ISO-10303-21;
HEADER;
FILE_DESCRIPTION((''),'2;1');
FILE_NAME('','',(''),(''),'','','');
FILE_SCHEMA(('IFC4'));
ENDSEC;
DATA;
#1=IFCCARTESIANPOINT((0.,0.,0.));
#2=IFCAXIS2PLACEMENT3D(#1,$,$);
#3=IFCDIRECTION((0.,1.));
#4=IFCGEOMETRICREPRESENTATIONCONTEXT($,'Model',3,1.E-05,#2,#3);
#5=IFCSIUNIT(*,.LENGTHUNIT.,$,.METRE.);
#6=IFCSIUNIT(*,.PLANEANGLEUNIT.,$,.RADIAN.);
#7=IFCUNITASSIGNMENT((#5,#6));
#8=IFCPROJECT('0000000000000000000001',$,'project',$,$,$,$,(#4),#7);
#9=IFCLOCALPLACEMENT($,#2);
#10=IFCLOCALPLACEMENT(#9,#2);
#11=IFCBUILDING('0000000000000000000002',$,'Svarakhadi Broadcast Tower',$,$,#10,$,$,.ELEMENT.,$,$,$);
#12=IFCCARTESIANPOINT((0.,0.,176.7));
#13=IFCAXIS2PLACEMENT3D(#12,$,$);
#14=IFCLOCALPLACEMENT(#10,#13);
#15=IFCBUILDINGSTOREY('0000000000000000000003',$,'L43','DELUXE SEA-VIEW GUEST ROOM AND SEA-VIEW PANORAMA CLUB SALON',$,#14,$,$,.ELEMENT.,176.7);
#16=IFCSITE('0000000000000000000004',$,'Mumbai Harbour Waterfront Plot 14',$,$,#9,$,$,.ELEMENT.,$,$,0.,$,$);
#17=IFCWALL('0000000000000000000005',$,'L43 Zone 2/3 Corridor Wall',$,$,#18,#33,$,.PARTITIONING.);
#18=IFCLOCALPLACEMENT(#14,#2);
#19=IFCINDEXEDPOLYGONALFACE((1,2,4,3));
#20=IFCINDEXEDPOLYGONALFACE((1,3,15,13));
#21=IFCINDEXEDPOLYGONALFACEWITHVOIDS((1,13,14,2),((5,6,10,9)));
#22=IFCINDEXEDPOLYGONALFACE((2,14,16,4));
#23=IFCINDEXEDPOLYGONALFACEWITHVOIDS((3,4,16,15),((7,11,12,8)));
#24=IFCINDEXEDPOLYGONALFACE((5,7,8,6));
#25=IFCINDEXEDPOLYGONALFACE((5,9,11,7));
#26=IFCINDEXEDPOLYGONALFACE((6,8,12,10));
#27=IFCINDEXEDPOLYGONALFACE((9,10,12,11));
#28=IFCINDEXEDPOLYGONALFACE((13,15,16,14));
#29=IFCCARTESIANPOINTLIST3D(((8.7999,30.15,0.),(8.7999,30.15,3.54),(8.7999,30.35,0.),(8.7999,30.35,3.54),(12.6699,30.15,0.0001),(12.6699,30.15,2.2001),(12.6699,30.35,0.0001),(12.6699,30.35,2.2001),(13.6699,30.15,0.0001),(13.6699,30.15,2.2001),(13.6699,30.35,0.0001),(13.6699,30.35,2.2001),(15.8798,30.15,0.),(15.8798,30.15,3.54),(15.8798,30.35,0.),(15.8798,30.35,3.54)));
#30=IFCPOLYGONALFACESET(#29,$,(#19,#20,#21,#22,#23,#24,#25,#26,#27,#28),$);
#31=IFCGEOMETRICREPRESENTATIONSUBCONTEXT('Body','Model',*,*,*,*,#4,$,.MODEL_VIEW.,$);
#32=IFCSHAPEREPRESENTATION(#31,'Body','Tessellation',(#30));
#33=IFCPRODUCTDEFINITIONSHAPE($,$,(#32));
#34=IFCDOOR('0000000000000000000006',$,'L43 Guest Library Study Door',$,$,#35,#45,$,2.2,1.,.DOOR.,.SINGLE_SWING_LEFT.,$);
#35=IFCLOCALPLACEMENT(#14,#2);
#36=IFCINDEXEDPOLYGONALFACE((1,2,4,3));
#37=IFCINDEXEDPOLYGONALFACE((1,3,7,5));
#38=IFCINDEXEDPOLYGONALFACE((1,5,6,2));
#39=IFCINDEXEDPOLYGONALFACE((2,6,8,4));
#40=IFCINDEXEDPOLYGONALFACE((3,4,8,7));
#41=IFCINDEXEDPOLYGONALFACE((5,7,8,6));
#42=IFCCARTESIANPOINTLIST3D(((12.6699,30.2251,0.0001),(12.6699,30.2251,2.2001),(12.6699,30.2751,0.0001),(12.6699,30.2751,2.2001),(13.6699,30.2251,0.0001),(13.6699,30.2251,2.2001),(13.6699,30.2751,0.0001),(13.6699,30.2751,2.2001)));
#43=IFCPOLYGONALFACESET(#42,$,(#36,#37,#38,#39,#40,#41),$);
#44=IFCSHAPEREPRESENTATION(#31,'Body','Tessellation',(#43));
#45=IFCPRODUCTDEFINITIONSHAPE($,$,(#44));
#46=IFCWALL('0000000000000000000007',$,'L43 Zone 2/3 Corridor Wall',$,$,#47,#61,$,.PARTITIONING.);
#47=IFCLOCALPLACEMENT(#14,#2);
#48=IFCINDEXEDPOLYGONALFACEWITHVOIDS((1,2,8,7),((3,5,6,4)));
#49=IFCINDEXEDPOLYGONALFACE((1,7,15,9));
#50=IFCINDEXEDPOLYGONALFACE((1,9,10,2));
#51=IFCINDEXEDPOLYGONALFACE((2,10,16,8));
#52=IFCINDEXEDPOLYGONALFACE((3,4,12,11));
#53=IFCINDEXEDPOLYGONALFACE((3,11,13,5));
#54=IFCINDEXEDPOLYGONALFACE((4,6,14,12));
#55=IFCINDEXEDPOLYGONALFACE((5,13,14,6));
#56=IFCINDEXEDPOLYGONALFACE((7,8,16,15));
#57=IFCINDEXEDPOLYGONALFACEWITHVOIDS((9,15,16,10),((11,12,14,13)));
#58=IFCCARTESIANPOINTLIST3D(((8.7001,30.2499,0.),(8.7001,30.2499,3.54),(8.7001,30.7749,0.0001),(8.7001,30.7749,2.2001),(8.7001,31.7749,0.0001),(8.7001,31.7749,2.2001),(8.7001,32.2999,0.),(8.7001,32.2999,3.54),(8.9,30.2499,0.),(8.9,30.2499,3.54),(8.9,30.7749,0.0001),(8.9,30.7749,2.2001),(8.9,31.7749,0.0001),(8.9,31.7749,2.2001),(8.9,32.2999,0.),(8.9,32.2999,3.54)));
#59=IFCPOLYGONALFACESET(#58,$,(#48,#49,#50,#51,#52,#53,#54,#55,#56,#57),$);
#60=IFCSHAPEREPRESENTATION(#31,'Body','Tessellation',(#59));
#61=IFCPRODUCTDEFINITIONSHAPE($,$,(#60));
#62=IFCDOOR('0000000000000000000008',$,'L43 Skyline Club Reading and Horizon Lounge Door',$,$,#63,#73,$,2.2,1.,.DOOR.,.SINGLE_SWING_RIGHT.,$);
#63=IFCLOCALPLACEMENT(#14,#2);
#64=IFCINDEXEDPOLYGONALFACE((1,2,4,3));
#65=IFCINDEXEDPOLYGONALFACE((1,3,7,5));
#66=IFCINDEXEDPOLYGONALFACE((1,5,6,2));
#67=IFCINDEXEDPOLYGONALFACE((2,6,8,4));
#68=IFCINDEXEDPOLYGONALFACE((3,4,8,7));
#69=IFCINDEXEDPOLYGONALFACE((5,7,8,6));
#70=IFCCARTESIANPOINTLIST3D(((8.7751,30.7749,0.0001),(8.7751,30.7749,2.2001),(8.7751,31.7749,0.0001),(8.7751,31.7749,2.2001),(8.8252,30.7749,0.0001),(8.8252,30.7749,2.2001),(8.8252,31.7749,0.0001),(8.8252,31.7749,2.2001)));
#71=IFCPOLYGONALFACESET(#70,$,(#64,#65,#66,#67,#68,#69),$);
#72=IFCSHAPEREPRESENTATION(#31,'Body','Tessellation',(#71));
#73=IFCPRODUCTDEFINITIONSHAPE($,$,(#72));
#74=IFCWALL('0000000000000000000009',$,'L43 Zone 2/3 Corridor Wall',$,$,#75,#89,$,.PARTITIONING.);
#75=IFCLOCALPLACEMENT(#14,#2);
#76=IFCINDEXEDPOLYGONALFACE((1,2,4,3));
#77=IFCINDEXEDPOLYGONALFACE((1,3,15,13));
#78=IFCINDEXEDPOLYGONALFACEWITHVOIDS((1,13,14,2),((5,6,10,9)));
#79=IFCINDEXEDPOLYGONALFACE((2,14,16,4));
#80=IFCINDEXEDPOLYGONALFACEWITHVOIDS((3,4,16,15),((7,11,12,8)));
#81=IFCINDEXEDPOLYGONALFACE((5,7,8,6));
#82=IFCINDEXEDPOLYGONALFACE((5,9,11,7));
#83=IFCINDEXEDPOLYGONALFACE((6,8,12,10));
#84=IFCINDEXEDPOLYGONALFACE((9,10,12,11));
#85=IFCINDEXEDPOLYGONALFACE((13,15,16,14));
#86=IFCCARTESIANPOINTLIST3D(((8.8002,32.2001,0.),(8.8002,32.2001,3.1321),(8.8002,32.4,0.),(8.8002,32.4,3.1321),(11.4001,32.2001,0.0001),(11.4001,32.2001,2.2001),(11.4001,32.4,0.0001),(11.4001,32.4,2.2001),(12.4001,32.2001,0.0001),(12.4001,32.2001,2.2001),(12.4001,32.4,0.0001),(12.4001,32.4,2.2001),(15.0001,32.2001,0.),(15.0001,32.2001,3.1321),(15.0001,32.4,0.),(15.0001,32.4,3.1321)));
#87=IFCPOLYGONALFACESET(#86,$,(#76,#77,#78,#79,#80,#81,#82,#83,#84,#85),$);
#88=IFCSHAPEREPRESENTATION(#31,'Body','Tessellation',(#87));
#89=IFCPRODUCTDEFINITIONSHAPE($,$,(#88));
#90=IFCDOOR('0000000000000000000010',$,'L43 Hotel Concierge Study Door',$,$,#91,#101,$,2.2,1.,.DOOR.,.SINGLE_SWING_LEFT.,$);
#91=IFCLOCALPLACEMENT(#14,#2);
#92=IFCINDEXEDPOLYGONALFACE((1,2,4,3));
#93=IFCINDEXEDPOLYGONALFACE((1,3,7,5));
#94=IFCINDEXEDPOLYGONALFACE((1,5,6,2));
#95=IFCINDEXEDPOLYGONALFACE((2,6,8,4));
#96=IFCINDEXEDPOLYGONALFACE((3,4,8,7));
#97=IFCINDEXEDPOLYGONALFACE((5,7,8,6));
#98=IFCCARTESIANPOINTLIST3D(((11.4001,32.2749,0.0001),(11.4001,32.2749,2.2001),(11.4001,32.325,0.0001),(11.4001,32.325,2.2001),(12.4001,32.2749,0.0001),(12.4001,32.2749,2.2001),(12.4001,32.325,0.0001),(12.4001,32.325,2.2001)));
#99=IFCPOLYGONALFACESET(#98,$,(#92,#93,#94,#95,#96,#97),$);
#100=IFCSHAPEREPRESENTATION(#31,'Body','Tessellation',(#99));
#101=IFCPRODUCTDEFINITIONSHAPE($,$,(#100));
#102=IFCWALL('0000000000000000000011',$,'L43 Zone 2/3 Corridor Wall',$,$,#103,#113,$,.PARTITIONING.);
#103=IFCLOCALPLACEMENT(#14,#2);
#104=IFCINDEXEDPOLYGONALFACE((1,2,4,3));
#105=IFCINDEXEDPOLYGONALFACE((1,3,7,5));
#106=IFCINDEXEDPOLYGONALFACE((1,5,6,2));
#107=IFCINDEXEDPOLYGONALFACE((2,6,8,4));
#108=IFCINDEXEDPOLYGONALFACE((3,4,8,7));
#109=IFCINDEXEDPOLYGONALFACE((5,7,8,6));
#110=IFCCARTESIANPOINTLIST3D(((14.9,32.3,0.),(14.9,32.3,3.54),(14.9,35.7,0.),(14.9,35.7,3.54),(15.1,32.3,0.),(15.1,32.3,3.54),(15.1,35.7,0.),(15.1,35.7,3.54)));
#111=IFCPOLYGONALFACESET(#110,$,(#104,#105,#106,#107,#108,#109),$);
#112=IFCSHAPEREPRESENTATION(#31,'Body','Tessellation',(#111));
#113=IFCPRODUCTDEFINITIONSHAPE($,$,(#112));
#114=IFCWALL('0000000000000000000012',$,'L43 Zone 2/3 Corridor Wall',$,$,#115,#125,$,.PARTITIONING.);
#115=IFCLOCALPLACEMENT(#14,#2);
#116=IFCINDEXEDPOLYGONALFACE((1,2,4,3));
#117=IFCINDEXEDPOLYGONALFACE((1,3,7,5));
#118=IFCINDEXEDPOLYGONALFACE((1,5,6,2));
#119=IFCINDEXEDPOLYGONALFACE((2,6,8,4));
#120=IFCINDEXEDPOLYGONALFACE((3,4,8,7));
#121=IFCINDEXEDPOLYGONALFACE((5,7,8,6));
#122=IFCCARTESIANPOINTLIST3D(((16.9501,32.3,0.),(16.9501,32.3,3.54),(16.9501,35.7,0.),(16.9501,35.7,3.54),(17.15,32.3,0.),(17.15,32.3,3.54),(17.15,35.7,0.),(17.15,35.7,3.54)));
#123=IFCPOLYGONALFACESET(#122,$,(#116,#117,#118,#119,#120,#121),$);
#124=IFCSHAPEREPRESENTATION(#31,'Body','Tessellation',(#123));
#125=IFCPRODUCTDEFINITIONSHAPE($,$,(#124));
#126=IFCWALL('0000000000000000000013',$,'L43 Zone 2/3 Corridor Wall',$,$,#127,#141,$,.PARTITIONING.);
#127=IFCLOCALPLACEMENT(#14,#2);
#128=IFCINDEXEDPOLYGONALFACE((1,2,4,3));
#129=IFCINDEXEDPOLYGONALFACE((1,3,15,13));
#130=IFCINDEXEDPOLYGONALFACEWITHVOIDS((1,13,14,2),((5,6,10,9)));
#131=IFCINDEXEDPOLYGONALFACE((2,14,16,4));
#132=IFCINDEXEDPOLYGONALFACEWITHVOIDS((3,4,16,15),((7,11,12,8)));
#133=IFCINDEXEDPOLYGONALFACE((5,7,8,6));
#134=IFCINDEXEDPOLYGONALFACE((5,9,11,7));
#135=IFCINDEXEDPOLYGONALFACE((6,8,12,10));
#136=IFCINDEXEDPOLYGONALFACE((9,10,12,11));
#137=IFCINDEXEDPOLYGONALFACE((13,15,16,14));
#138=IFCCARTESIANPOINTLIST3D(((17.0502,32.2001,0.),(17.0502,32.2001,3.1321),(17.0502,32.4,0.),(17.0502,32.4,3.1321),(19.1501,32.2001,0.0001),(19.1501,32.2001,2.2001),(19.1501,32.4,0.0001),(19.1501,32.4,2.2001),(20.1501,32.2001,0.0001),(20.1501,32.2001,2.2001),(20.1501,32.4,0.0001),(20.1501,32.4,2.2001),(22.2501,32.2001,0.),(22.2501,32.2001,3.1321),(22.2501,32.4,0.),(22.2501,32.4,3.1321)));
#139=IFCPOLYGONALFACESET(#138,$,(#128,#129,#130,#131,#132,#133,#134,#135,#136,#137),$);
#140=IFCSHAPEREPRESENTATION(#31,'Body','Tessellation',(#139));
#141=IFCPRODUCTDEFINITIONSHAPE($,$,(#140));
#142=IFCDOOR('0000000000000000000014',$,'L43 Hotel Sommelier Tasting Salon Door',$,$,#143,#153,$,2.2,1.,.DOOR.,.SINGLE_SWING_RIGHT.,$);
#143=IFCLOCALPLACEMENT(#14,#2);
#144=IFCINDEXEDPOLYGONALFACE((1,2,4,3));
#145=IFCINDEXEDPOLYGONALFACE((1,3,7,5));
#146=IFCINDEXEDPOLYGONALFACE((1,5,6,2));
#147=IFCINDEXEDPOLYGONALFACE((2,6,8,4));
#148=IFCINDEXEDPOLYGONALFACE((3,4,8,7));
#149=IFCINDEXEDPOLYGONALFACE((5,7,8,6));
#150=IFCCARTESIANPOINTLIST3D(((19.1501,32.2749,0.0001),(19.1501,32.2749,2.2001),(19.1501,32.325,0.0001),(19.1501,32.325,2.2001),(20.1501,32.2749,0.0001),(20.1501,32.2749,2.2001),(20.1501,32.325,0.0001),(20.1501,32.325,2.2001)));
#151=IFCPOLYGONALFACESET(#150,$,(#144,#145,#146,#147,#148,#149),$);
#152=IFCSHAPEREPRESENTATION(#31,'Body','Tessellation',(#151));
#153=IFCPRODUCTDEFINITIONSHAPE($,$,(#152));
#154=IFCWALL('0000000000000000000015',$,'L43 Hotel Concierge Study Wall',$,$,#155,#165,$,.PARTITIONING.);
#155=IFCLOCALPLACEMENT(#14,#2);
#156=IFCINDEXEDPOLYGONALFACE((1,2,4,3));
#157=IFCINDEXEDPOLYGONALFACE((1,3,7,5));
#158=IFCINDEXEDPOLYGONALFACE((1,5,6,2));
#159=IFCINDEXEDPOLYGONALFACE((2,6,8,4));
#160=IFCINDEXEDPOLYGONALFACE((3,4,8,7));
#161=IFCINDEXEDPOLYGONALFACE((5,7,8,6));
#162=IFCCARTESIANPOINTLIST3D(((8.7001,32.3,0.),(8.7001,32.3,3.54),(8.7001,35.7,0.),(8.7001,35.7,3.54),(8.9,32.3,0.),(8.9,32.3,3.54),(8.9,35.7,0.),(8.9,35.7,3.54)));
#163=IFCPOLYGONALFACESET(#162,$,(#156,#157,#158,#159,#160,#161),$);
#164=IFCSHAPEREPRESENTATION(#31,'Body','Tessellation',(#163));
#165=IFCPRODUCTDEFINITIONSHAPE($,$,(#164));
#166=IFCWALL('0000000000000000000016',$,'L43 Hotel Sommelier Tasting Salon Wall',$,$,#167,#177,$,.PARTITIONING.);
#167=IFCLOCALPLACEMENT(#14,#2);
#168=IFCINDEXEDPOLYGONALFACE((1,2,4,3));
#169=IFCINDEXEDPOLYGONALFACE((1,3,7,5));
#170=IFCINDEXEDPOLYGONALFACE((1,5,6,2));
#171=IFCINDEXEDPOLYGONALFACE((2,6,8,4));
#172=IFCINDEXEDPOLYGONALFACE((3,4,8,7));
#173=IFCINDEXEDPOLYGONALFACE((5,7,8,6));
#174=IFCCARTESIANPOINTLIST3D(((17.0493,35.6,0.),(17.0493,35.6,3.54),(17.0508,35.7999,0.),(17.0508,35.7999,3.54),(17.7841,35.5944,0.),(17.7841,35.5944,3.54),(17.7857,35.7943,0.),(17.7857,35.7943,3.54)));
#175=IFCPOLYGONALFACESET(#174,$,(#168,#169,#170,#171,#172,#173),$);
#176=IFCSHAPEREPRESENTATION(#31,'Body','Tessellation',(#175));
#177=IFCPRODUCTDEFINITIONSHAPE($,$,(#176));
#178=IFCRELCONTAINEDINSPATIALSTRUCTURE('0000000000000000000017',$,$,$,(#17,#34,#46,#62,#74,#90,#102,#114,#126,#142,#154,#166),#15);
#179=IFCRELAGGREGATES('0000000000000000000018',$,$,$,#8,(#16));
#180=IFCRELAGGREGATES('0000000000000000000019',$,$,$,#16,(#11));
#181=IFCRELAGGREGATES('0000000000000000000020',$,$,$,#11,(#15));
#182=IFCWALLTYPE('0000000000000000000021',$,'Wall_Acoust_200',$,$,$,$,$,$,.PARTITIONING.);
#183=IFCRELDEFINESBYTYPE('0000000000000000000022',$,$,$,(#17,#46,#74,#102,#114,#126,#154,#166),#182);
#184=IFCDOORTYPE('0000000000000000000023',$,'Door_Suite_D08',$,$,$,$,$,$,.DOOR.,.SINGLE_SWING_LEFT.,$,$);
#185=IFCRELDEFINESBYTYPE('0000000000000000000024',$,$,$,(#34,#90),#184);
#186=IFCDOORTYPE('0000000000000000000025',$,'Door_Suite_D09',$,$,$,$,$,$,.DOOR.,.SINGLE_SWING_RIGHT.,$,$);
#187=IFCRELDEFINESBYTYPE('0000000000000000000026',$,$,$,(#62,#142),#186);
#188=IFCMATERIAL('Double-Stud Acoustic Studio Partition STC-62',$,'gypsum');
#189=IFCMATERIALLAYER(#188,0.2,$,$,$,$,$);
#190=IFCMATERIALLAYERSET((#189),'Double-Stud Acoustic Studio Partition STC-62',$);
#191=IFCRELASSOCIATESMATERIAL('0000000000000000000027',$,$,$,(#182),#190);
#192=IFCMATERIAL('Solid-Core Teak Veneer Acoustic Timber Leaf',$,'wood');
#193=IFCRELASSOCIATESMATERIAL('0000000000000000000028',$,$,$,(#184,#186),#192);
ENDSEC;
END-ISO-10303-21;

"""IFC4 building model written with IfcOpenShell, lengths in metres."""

from ifc_helpers import new_model, si_unit, direction, frame, frame_2d, origin, place, context, subcontext, project, spatial, rectangle, extrude, material, layer, layer_set, type_object, element, fill, save


model = new_model("IFC4")

# Units and contexts
model_context = context("Model", 3, precision=1e-05, world=origin(), true_north=direction((0.0, 1.0)))
body_context = subcontext(model_context, "Body", "Model", "MODEL_VIEW")
ifc_project = project(units=[si_unit("LENGTHUNIT", "METRE"), si_unit("PLANEANGLEUNIT", "RADIAN")], contexts=[model_context])

# Site, building, storey
site_placement = place(None, origin())
site = spatial("IfcSite", under=ifc_project, at=site_placement, Name="Mumbai Harbour Waterfront Plot 14", CompositionType="ELEMENT", RefElevation=0.0)
building_placement = place(site_placement, origin())
building = spatial("IfcBuilding", under=site, at=building_placement, Name="Svarakhadi Broadcast Tower", CompositionType="ELEMENT")
storey_placement = place(building_placement, frame((0.0, 0.0, 176.7)))
storey = spatial("IfcBuildingStorey", under=building, at=storey_placement, Name="L43", Description="DELUXE SEA-VIEW GUEST ROOM AND SEA-VIEW PANORAMA CLUB SALON", CompositionType="ELEMENT", Elevation=176.7)

# Shared definitions
ifc_material_1 = material(Name="Double-Stud Acoustic Studio Partition STC-62", Category="gypsum")
ifc_layer_1 = layer(ifc_material_1, 0.2)
ifc_layer_set_1 = layer_set([ifc_layer_1], Name="Double-Stud Acoustic Studio Partition STC-62")
wall_type_1 = type_object("IfcWallType", Name="Wall_Acoust_200", PredefinedType="PARTITIONING", material=ifc_layer_set_1)

# Walls, openings, doors
wall_1_placement = place(storey_placement, frame((15.8799, 30.25, 0.0), z_axis=(0.0, 0.0, 1.0), x_axis=(-1.0, 0.0, 0.0)))
wall_1 = element("IfcWall", 1, at=wall_1_placement, inside=storey, type_object=wall_type_1, Name="L43 Zone 2/3 Corridor Wall", PredefinedType="PARTITIONING", context=body_context, shape_type="SweptSolid", body=[
    extrude(rectangle(XDim=7.0798, YDim=0.2, at=frame_2d((3.54, 0.0))), origin(), (0.0, 0.0, 1.0), 3.54),
])
opening_1_placement = place(wall_1_placement, frame((2.21, 0.0, 0.0)))
opening_1 = element("IfcOpeningElement", 2, at=opening_1_placement, cuts=wall_1, PredefinedType="OPENING", context=body_context, shape_type="SweptSolid", body=[
    extrude(rectangle(XDim=1.0, YDim=2.2, at=frame_2d((0.5, 1.1001))), frame((0.0, 0.1099, 0.0), z_axis=(0.0, -1.0, 0.0), x_axis=(1.0, 0.0, 0.0)), (0.0, 0.0, 1.0), 0.22),
])
ifc_material_2 = material(Name="Solid-Core Teak Veneer Acoustic Timber Leaf", Category="wood")
door_type_1 = type_object("IfcDoorType", Name="Door_Suite_D08", OperationType="SINGLE_SWING_LEFT", PredefinedType="DOOR", material=ifc_material_2)
door_1_placement = place(opening_1_placement, origin())
door_1 = element("IfcDoor", 3, at=door_1_placement, inside=storey, type_object=door_type_1, Name="L43 Guest Library Study Door", OperationType="SINGLE_SWING_LEFT", OverallHeight=2.2, OverallWidth=1.0, PredefinedType="DOOR", context=body_context, shape_type="SweptSolid", body=[
    extrude(rectangle(XDim=1.0, YDim=2.2, at=frame_2d((0.5, 1.1001))), frame((0.0, 0.0249, 0.0), z_axis=(0.0, -1.0, 0.0), x_axis=(1.0, 0.0, 0.0)), (0.0, 0.0, 1.0), 0.05),
])
fill(opening_1, door_1)
wall_2_placement = place(storey_placement, frame((8.8, 30.25, 0.0), z_axis=(0.0, 0.0, 1.0), x_axis=(0.0, 1.0, 0.0)))
wall_2 = element("IfcWall", 4, at=wall_2_placement, inside=storey, type_object=wall_type_1, Name="L43 Zone 2/3 Corridor Wall", PredefinedType="PARTITIONING", context=body_context, shape_type="SweptSolid", body=[
    extrude(rectangle(XDim=2.05, YDim=0.2, at=frame_2d((1.0249, 0.0))), origin(), (0.0, 0.0, 1.0), 3.54),
])
opening_2_placement = place(wall_2_placement, frame((0.5249, 0.0, 0.0)))
opening_2 = element("IfcOpeningElement", 5, at=opening_2_placement, cuts=wall_2, PredefinedType="OPENING", context=body_context, shape_type="SweptSolid", body=[
    extrude(rectangle(XDim=1.0, YDim=2.2, at=frame_2d((0.5, 1.1001))), frame((0.0, 0.1099, 0.0), z_axis=(0.0, -1.0, 0.0), x_axis=(1.0, 0.0, 0.0)), (0.0, 0.0, 1.0), 0.22),
])
door_type_2 = type_object("IfcDoorType", Name="Door_Suite_D09", OperationType="SINGLE_SWING_RIGHT", PredefinedType="DOOR", material=ifc_material_2)
door_2_placement = place(opening_2_placement, origin())
door_2 = element("IfcDoor", 6, at=door_2_placement, inside=storey, type_object=door_type_2, Name="L43 Skyline Club Reading and Horizon Lounge Door", OperationType="SINGLE_SWING_RIGHT", OverallHeight=2.2, OverallWidth=1.0, PredefinedType="DOOR", context=body_context, shape_type="SweptSolid", body=[
    extrude(rectangle(XDim=1.0, YDim=2.2, at=frame_2d((0.5, 1.1001))), frame((0.0, 0.0249, 0.0), z_axis=(0.0, -1.0, 0.0), x_axis=(1.0, 0.0, 0.0)), (0.0, 0.0, 1.0), 0.05),
])
fill(opening_2, door_2)
wall_3_placement = place(storey_placement, frame((8.8, 32.3, 0.0), z_axis=(0.0, 0.0, 1.0), x_axis=(1.0, 0.0, 0.0)))
wall_3 = element("IfcWall", 7, at=wall_3_placement, inside=storey, type_object=wall_type_1, Name="L43 Zone 2/3 Corridor Wall", PredefinedType="PARTITIONING", context=body_context, shape_type="SweptSolid", body=[
    extrude(rectangle(XDim=6.2, YDim=0.2, at=frame_2d((3.1001, 0.0))), origin(), (0.0, 0.0, 1.0), 3.1321),
])
opening_3_placement = place(wall_3_placement, frame((2.6001, 0.0, 0.0)))
opening_3 = element("IfcOpeningElement", 8, at=opening_3_placement, cuts=wall_3, PredefinedType="OPENING", context=body_context, shape_type="SweptSolid", body=[
    extrude(rectangle(XDim=1.0, YDim=2.2, at=frame_2d((0.5, 1.1001))), frame((0.0, 0.1099, 0.0), z_axis=(0.0, -1.0, 0.0), x_axis=(1.0, 0.0, 0.0)), (0.0, 0.0, 1.0), 0.22),
])
door_3_placement = place(opening_3_placement, origin())
door_3 = element("IfcDoor", 9, at=door_3_placement, inside=storey, type_object=door_type_1, Name="L43 Hotel Concierge Study Door", OperationType="SINGLE_SWING_LEFT", OverallHeight=2.2, OverallWidth=1.0, PredefinedType="DOOR", context=body_context, shape_type="SweptSolid", body=[
    extrude(rectangle(XDim=1.0, YDim=2.2, at=frame_2d((0.5, 1.1001))), frame((0.0, 0.0249, 0.0), z_axis=(0.0, -1.0, 0.0), x_axis=(1.0, 0.0, 0.0)), (0.0, 0.0, 1.0), 0.05),
])
fill(opening_3, door_3)

# Walls
for number, where, z_axis, x_axis, name in (
    (10, (15.0, 32.3, 0.0), (0.0, 0.0, 1.0), (0.0, 1.0, 0.0), "L43 Zone 2/3 Corridor Wall"),
    (11, (17.05, 35.7, 0.0), (0.0, 0.0, 1.0), (0.0, -1.0, 0.0), "L43 Zone 2/3 Corridor Wall"),
):
    element("IfcWall", number, at=place(storey_placement, frame(where, z_axis=z_axis, x_axis=x_axis)), inside=storey, type_object=wall_type_1, Name=name, PredefinedType="PARTITIONING", context=body_context, shape_type="SweptSolid", body=[
        extrude(rectangle(XDim=3.3999, YDim=0.2, at=frame_2d((1.7, 0.0))), origin(), (0.0, 0.0, 1.0), 3.54),
    ])

# Wall, opening, door
wall_4_placement = place(storey_placement, frame((17.05, 32.3, 0.0), z_axis=(0.0, 0.0, 1.0), x_axis=(1.0, 0.0, 0.0)))
wall_4 = element("IfcWall", 12, at=wall_4_placement, inside=storey, type_object=wall_type_1, Name="L43 Zone 2/3 Corridor Wall", PredefinedType="PARTITIONING", context=body_context, shape_type="SweptSolid", body=[
    extrude(rectangle(XDim=5.2, YDim=0.2, at=frame_2d((2.6001, 0.0))), origin(), (0.0, 0.0, 1.0), 3.1321),
])
opening_4_placement = place(wall_4_placement, frame((2.1001, 0.0, 0.0)))
opening_4 = element("IfcOpeningElement", 13, at=opening_4_placement, cuts=wall_4, PredefinedType="OPENING", context=body_context, shape_type="SweptSolid", body=[
    extrude(rectangle(XDim=1.0, YDim=2.2, at=frame_2d((0.5, 1.1001))), frame((0.0, 0.1099, 0.0), z_axis=(0.0, -1.0, 0.0), x_axis=(1.0, 0.0, 0.0)), (0.0, 0.0, 1.0), 0.22),
])
door_4_placement = place(opening_4_placement, origin())
door_4 = element("IfcDoor", 14, at=door_4_placement, inside=storey, type_object=door_type_2, Name="L43 Hotel Sommelier Tasting Salon Door", OperationType="SINGLE_SWING_RIGHT", OverallHeight=2.2, OverallWidth=1.0, PredefinedType="DOOR", context=body_context, shape_type="SweptSolid", body=[
    extrude(rectangle(XDim=1.0, YDim=2.2, at=frame_2d((0.5, 1.1001))), frame((0.0, 0.0249, 0.0), z_axis=(0.0, -1.0, 0.0), x_axis=(1.0, 0.0, 0.0)), (0.0, 0.0, 1.0), 0.05),
])
fill(opening_4, door_4)

# Walls
wall_5_placement = place(storey_placement, frame((8.8, 32.3, 0.0), z_axis=(0.0, 0.0, 1.0), x_axis=(0.0, 1.0, 0.0)))
element("IfcWall", 15, at=wall_5_placement, inside=storey, type_object=wall_type_1, Name="L43 Hotel Concierge Study Wall", PredefinedType="PARTITIONING", context=body_context, shape_type="SweptSolid", body=[
    extrude(rectangle(XDim=3.3999, YDim=0.2, at=frame_2d((1.7, 0.0))), origin(), (0.0, 0.0, 1.0), 3.54),
])
wall_6_placement = place(storey_placement, frame((17.05, 35.7, 0.0), z_axis=(0.0, 0.0, 1.0), x_axis=(0.999971, -0.007641, 0.0)))
element("IfcWall", 16, at=wall_6_placement, inside=storey, type_object=wall_type_1, Name="L43 Hotel Sommelier Tasting Salon Wall", PredefinedType="PARTITIONING", context=body_context, shape_type="SweptSolid", body=[
    extrude(rectangle(XDim=0.7349, YDim=0.2, at=frame_2d((0.3674, 0.0))), origin(), (0.0, 0.0, 1.0), 3.54),
])

save(model, "model.ifc")
